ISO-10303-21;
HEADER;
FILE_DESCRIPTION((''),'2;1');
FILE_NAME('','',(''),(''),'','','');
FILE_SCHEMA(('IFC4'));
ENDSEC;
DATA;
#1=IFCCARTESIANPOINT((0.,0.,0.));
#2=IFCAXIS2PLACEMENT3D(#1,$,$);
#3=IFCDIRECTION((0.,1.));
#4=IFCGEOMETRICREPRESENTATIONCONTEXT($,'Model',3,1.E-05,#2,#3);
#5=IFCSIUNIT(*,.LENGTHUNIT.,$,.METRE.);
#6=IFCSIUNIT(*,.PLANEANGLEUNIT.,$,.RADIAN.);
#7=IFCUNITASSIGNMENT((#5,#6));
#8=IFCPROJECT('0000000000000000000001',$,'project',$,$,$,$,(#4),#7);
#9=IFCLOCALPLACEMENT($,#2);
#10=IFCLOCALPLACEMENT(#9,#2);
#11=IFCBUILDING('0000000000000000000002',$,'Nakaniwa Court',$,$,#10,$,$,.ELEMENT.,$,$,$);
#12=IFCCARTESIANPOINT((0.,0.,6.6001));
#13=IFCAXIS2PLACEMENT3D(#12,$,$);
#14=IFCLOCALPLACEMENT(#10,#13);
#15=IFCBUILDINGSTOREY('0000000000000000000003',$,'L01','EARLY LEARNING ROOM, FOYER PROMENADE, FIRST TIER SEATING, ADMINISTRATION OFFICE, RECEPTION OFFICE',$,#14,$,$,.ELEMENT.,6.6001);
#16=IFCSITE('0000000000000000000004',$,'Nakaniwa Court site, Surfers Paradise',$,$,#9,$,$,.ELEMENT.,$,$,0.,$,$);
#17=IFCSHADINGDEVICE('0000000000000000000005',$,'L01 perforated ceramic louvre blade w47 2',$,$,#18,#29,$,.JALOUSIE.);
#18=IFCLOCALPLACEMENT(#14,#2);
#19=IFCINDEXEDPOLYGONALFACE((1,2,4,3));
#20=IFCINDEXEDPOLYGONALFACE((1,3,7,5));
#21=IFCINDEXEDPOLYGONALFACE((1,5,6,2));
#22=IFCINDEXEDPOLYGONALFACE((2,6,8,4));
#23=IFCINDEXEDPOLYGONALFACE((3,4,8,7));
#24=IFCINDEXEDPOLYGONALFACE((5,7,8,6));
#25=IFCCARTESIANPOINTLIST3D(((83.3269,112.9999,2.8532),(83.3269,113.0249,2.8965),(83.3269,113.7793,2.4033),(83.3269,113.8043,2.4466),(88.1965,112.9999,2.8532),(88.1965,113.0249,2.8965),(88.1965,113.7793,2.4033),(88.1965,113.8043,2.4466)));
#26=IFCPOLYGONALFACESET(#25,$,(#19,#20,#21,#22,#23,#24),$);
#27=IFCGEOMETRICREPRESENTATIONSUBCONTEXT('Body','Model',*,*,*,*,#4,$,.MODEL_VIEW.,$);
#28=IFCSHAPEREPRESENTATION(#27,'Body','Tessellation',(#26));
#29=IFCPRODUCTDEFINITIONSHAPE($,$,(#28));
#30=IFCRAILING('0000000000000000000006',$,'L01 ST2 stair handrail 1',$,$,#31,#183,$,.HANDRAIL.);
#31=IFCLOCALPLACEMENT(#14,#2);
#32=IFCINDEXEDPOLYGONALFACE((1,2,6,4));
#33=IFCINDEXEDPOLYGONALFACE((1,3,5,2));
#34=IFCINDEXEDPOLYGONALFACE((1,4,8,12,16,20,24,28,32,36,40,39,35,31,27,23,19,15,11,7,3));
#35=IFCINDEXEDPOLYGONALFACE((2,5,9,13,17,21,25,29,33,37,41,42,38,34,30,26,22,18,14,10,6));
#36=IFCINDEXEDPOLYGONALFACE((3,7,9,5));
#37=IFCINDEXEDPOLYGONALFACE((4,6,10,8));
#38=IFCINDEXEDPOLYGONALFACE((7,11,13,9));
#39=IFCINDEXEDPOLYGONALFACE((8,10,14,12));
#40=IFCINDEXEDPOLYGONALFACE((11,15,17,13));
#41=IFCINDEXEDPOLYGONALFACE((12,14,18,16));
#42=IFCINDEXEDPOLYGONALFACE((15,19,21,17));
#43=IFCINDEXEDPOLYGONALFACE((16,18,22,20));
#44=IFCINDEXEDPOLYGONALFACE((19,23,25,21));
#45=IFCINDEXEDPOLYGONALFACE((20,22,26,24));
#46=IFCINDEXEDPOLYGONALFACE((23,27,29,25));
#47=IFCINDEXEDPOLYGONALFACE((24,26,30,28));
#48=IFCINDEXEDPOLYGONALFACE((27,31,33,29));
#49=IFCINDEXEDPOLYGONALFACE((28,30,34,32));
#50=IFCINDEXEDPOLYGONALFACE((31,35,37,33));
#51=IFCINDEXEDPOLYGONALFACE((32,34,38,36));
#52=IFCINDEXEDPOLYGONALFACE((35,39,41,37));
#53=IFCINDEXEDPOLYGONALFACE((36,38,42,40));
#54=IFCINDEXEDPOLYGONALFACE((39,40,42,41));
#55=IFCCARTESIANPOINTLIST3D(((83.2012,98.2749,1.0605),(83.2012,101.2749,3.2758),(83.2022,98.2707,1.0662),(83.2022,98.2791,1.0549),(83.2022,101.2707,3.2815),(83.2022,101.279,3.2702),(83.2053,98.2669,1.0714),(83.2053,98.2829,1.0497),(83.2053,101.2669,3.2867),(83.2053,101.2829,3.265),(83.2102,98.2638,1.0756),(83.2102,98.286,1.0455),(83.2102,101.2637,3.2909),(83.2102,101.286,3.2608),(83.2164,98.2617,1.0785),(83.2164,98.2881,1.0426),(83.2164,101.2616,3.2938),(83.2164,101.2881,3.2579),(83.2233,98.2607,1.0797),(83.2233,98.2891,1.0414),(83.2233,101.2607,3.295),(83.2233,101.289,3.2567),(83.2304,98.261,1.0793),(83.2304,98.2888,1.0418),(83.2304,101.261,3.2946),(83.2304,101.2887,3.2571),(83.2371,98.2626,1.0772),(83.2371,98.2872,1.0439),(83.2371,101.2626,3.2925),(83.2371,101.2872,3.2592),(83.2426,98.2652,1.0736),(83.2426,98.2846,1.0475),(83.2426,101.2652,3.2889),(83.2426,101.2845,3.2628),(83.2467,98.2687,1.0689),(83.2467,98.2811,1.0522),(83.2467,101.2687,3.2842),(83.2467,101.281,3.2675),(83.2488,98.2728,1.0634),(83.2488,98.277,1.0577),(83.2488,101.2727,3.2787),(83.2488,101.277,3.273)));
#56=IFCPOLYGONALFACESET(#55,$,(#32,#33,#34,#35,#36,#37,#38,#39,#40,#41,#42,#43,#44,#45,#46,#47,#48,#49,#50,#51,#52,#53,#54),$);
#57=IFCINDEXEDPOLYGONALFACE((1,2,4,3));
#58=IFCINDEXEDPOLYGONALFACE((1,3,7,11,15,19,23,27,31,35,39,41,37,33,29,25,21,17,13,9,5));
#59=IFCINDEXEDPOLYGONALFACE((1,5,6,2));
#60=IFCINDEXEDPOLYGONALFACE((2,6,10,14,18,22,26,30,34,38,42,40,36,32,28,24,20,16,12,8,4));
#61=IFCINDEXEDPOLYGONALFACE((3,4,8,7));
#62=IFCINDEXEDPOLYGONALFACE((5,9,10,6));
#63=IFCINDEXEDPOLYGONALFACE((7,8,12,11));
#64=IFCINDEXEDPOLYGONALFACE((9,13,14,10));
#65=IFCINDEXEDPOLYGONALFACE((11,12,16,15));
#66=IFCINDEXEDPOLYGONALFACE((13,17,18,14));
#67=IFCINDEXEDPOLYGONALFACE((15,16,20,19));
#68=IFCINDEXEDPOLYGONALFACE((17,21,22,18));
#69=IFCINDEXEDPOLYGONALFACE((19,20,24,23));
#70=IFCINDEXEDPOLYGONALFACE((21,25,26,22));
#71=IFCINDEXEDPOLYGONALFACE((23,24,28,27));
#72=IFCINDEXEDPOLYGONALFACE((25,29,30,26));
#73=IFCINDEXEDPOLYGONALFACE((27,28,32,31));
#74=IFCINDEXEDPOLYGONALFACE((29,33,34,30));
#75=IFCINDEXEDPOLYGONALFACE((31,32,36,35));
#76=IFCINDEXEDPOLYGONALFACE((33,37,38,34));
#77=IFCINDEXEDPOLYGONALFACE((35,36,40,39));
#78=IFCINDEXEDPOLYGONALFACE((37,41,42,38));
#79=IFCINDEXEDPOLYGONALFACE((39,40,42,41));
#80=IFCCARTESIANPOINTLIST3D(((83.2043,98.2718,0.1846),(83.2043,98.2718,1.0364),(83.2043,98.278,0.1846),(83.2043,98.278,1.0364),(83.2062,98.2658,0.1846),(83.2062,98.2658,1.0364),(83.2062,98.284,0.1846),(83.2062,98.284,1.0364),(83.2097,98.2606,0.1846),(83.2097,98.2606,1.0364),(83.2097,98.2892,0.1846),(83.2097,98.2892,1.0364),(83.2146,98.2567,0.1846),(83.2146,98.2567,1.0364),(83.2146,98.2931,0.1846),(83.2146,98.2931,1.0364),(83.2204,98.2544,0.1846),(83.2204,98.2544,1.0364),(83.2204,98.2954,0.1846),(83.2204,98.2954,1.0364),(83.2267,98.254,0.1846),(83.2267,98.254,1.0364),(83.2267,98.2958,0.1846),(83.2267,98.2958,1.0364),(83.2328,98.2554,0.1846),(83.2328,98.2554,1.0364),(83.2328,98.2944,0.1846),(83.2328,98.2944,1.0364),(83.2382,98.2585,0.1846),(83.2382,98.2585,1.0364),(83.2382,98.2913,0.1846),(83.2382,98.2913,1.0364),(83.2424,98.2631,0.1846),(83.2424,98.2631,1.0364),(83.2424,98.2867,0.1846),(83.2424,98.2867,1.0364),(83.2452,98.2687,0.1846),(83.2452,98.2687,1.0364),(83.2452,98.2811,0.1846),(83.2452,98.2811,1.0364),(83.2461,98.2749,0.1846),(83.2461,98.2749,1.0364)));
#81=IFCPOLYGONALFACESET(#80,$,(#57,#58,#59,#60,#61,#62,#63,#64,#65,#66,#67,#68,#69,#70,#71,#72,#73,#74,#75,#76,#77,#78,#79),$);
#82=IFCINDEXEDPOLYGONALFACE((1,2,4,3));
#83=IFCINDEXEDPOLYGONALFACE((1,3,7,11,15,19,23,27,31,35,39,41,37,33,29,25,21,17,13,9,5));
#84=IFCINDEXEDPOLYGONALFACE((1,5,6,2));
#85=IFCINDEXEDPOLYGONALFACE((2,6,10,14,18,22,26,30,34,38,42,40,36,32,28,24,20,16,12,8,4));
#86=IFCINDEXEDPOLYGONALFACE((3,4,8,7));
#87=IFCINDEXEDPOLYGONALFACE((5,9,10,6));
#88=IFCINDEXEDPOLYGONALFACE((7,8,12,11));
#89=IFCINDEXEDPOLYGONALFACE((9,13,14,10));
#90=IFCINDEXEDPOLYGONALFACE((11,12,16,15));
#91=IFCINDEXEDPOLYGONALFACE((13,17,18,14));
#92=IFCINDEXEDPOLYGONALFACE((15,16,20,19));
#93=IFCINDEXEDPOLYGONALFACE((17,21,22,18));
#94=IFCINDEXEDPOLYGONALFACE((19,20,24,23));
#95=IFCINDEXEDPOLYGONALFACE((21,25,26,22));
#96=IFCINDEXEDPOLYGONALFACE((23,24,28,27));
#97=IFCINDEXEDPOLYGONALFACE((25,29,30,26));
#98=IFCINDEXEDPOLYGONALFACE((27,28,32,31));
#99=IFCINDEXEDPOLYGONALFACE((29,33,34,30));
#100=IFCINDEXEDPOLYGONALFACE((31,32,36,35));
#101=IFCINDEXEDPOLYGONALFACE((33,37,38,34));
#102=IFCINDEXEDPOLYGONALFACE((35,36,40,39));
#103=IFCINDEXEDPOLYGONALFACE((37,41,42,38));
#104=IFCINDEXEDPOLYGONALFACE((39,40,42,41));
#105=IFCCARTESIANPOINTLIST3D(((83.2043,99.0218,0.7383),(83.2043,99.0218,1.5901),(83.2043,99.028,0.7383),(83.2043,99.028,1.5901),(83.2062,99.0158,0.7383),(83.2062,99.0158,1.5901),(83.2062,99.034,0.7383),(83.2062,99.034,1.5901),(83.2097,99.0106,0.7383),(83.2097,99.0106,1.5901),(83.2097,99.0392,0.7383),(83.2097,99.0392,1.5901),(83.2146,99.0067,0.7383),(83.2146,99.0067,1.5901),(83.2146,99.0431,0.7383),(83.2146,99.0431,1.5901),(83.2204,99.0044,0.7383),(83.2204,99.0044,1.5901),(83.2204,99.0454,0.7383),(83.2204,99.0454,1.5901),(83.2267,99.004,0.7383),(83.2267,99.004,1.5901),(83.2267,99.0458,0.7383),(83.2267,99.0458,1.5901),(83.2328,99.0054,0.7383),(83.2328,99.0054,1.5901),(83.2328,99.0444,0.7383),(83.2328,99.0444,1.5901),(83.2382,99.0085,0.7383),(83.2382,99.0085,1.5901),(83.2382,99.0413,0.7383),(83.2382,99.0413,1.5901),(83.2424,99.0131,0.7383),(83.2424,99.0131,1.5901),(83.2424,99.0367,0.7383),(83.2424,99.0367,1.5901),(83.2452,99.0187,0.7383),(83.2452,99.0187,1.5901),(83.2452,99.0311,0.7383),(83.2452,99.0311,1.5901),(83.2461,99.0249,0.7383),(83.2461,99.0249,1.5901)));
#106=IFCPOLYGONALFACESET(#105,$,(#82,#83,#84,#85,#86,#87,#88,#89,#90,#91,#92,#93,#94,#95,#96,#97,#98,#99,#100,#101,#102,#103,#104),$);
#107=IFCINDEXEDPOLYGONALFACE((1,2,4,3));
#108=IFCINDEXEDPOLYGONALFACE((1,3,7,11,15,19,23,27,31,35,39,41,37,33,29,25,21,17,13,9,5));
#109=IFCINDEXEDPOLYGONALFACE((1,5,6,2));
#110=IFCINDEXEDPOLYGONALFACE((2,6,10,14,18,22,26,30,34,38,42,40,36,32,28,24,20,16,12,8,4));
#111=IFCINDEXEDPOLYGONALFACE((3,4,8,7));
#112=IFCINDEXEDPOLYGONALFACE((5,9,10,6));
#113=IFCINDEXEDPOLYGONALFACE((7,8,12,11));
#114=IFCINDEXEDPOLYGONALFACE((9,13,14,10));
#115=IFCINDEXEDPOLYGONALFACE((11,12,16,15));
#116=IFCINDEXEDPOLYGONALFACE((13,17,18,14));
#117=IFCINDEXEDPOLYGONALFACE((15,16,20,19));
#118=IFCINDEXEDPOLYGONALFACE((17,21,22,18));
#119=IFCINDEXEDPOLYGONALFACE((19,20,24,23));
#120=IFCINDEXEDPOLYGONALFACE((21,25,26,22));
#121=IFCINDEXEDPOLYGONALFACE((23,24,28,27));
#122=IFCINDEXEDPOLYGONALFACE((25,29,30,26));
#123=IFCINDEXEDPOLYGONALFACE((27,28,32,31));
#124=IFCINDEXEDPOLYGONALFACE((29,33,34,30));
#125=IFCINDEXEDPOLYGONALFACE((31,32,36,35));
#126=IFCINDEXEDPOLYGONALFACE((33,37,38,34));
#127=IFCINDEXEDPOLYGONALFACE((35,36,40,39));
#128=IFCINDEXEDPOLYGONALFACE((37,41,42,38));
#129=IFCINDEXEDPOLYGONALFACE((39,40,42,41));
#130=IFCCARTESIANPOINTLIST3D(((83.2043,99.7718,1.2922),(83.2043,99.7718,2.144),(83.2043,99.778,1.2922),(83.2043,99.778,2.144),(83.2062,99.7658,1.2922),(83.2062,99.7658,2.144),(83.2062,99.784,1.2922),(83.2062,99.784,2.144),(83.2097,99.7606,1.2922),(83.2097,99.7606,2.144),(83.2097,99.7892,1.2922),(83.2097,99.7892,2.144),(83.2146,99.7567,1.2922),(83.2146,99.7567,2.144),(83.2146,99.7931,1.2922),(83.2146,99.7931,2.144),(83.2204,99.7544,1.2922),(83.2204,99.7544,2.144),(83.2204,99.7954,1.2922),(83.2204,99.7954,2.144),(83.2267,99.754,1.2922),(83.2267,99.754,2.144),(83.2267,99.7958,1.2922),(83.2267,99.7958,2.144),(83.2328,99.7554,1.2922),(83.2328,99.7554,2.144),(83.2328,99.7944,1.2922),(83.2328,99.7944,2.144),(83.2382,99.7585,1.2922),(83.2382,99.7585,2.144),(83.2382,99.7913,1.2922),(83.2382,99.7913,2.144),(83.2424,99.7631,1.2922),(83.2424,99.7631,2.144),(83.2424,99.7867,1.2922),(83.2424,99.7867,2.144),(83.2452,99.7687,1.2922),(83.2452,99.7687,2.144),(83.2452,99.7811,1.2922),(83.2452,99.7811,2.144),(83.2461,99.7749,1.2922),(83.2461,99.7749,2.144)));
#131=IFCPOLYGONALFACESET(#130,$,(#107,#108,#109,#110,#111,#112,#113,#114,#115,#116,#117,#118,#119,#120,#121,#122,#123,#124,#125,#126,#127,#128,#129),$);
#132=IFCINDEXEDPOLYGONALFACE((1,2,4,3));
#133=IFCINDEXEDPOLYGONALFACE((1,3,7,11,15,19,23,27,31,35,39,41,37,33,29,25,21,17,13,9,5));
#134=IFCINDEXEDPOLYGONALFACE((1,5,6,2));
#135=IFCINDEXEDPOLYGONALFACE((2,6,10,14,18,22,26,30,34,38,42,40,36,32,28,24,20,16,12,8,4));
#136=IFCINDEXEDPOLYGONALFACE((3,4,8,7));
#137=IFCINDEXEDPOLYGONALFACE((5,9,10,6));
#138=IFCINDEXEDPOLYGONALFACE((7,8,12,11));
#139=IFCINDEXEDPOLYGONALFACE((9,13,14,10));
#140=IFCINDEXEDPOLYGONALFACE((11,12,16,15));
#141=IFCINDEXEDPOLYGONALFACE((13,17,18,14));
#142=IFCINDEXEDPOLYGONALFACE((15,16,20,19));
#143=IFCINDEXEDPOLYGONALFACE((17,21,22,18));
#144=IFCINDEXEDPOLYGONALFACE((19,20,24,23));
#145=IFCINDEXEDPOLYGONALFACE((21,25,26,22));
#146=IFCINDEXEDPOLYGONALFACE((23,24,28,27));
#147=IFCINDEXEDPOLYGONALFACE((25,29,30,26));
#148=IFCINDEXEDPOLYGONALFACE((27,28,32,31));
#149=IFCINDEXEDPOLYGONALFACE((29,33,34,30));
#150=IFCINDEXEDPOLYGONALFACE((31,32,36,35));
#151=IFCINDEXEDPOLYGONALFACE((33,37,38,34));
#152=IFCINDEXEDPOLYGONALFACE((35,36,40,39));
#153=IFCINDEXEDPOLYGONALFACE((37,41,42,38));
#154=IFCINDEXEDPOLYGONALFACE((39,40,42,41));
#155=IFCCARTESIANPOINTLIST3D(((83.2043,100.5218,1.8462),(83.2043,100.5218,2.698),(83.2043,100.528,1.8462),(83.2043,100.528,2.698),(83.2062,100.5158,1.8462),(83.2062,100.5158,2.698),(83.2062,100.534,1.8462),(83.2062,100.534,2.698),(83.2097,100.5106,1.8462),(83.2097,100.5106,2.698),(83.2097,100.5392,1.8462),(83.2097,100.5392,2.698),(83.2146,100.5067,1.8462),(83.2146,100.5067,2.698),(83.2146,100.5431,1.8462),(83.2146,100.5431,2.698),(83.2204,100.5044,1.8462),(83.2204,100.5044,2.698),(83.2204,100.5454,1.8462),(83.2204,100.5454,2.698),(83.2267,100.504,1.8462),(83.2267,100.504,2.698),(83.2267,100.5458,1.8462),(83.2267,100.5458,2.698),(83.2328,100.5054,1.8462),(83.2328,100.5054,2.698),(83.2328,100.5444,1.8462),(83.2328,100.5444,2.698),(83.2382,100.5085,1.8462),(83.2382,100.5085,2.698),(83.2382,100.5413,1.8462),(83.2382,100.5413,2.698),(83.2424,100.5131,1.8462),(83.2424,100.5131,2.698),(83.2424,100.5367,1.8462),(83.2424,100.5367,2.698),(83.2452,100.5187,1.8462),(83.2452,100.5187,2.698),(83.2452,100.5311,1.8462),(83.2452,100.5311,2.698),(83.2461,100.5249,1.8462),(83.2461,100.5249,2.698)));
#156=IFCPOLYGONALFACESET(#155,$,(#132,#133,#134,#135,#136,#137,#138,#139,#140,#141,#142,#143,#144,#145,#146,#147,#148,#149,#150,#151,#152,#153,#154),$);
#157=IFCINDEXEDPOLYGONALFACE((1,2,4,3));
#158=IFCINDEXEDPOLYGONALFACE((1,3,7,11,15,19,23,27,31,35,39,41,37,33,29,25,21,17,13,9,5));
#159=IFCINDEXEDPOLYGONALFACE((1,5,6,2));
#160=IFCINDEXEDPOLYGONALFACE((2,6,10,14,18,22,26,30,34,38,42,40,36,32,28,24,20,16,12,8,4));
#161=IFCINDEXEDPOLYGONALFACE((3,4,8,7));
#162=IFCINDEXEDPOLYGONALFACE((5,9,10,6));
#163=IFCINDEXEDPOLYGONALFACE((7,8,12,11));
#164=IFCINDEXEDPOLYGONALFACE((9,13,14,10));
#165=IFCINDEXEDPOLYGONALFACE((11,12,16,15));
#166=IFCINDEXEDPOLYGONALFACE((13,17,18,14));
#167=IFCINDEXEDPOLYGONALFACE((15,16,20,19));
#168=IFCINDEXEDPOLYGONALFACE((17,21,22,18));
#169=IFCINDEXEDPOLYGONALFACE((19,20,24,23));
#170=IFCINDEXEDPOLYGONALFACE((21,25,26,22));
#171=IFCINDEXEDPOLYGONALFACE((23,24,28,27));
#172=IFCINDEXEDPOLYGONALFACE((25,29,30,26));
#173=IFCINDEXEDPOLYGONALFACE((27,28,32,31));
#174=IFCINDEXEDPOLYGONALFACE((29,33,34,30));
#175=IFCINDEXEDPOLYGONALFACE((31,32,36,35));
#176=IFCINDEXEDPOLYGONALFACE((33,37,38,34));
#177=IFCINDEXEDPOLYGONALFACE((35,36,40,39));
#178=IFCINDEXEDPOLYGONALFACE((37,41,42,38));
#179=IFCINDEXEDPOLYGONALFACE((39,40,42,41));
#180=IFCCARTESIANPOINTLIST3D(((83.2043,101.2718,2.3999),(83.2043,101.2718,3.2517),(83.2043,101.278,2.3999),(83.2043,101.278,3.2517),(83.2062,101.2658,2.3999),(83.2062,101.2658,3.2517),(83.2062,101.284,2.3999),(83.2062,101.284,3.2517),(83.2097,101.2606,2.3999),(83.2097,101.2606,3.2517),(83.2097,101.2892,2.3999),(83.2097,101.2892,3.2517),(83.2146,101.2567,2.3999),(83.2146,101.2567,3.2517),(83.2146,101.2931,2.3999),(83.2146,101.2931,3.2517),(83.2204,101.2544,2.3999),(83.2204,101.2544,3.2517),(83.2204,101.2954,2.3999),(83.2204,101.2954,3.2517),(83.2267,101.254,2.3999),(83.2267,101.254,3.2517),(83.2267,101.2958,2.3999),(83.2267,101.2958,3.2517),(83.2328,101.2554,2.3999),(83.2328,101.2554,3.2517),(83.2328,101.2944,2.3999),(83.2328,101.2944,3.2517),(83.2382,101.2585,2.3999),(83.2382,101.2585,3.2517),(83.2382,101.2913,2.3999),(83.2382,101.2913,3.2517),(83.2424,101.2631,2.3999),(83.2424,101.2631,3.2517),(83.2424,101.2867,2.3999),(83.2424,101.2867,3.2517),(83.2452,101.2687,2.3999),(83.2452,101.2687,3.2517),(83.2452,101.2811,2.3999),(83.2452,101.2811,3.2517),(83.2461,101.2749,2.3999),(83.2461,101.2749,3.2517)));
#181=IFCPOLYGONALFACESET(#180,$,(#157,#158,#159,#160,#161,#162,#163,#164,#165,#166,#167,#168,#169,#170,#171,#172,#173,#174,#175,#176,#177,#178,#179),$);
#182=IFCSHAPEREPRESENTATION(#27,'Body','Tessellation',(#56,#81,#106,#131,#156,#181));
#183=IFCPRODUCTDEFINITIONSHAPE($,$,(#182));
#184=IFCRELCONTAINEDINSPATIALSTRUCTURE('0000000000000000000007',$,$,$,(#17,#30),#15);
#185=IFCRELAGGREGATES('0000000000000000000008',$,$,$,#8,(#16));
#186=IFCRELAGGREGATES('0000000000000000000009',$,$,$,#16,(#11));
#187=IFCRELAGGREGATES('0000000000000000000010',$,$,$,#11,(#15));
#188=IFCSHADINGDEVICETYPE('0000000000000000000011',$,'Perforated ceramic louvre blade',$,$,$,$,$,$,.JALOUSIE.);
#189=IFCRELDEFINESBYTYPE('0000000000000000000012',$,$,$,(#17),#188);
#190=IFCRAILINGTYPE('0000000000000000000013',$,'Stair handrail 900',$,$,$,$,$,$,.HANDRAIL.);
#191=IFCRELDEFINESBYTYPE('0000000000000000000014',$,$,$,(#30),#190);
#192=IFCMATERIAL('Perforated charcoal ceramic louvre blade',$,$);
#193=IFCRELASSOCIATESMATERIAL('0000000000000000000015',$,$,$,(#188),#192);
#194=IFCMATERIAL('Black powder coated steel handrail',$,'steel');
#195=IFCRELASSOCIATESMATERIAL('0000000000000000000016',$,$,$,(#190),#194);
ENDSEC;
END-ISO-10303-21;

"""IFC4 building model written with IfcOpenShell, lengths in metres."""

from ifc_helpers import new_model, si_unit, direction, frame, origin, origin_2d, place, context, subcontext, project, spatial, rectangle, circle, extrude, material, material_profile, profile_set, type_object, element, save


model = new_model("IFC4")

# Units and contexts
model_context = context("Model", 3, precision=1e-05, world=origin(), true_north=direction((0.0, 1.0)))
body_context = subcontext(model_context, "Body", "Model", "MODEL_VIEW")
ifc_project = project(units=[si_unit("LENGTHUNIT", "METRE"), si_unit("PLANEANGLEUNIT", "RADIAN")], contexts=[model_context])

# Site, building, storey
site_placement = place(None, origin())
site = spatial("IfcSite", under=ifc_project, at=site_placement, Name="Nakaniwa Court site, Surfers Paradise", CompositionType="ELEMENT", RefElevation=0.0)
building_placement = place(site_placement, origin())
building = spatial("IfcBuilding", under=site, at=building_placement, Name="Nakaniwa Court", CompositionType="ELEMENT")
storey_placement = place(building_placement, frame((0.0, 0.0, 6.6001)))
storey = spatial("IfcBuildingStorey", under=building, at=storey_placement, Name="L01", Description="EARLY LEARNING ROOM, FOYER PROMENADE, FIRST TIER SEATING, ADMINISTRATION OFFICE, RECEPTION OFFICE", CompositionType="ELEMENT", Elevation=6.6001)

# Shading device
ifc_material_1 = material(Name="Perforated charcoal ceramic louvre blade")
ifc_material_profile_1 = material_profile(ifc_material_1, rectangle(XDim=0.8999, YDim=0.05, at=origin_2d()), Name="Perforated ceramic louvre blade")
ifc_profile_set_1 = profile_set([ifc_material_profile_1], Name="Perforated charcoal ceramic louvre blade")
shading_device_type = type_object("IfcShadingDeviceType", Name="Perforated ceramic louvre blade", PredefinedType="JALOUSIE", material=ifc_profile_set_1)
for number, where, z_axis, x_axis, name in (
    (1, (88.1965, 113.4021, 2.6499), (-1.0, 0.0, 0.0), (0.0, -0.866025, 0.5), "L01 perforated ceramic louvre blade w47 2"),
):
    element("IfcShadingDevice", number, at=place(storey_placement, frame(where, z_axis=z_axis, x_axis=x_axis)), inside=storey, type_object=shading_device_type, Name=name, PredefinedType="JALOUSIE", context=body_context, shape_type="SweptSolid", body=[
        extrude(rectangle(XDim=0.8999, YDim=0.05, at=origin_2d()), origin(), (0.0, 0.0, 1.0), 4.8696),
    ])

# Railing
ifc_material_2 = material(Name="Black powder coated steel handrail", Category="steel")
railing_type = type_object("IfcRailingType", Name="Stair handrail 900", PredefinedType="HANDRAIL", material=ifc_material_2)
railing_placement = place(storey_placement, frame((83.2251, 98.2749, 0.1846)))
element("IfcRailing", 2, at=railing_placement, inside=storey, type_object=railing_type, Name="L01 ST2 stair handrail 1", PredefinedType="HANDRAIL", context=body_context, shape_type="SweptSolid", body=[
    extrude(circle(Radius=0.0239, at=origin_2d()), frame((0.0, 0.0, 0.876), z_axis=(0.0, 0.80444, 0.594034), x_axis=(-1.0, 0.0, 0.0)), (0.0, 0.0, 1.0), 3.7292),
    extrude(circle(Radius=0.021, at=origin_2d()), origin(), (0.0, 0.0, 1.0), 0.8518),
    extrude(circle(Radius=0.021, at=origin_2d()), frame((0.0, 0.75, 0.5537)), (0.0, 0.0, 1.0), 0.8518),
    extrude(circle(Radius=0.021, at=origin_2d()), frame((0.0, 1.5, 1.1077)), (0.0, 0.0, 1.0), 0.8518),
    extrude(circle(Radius=0.021, at=origin_2d()), frame((0.0, 2.25, 1.6616)), (0.0, 0.0, 1.0), 0.8518),
    extrude(circle(Radius=0.021, at=origin_2d()), frame((0.0, 3.0, 2.2153)), (0.0, 0.0, 1.0), 0.8518),
])

save(model, "model.ifc")
